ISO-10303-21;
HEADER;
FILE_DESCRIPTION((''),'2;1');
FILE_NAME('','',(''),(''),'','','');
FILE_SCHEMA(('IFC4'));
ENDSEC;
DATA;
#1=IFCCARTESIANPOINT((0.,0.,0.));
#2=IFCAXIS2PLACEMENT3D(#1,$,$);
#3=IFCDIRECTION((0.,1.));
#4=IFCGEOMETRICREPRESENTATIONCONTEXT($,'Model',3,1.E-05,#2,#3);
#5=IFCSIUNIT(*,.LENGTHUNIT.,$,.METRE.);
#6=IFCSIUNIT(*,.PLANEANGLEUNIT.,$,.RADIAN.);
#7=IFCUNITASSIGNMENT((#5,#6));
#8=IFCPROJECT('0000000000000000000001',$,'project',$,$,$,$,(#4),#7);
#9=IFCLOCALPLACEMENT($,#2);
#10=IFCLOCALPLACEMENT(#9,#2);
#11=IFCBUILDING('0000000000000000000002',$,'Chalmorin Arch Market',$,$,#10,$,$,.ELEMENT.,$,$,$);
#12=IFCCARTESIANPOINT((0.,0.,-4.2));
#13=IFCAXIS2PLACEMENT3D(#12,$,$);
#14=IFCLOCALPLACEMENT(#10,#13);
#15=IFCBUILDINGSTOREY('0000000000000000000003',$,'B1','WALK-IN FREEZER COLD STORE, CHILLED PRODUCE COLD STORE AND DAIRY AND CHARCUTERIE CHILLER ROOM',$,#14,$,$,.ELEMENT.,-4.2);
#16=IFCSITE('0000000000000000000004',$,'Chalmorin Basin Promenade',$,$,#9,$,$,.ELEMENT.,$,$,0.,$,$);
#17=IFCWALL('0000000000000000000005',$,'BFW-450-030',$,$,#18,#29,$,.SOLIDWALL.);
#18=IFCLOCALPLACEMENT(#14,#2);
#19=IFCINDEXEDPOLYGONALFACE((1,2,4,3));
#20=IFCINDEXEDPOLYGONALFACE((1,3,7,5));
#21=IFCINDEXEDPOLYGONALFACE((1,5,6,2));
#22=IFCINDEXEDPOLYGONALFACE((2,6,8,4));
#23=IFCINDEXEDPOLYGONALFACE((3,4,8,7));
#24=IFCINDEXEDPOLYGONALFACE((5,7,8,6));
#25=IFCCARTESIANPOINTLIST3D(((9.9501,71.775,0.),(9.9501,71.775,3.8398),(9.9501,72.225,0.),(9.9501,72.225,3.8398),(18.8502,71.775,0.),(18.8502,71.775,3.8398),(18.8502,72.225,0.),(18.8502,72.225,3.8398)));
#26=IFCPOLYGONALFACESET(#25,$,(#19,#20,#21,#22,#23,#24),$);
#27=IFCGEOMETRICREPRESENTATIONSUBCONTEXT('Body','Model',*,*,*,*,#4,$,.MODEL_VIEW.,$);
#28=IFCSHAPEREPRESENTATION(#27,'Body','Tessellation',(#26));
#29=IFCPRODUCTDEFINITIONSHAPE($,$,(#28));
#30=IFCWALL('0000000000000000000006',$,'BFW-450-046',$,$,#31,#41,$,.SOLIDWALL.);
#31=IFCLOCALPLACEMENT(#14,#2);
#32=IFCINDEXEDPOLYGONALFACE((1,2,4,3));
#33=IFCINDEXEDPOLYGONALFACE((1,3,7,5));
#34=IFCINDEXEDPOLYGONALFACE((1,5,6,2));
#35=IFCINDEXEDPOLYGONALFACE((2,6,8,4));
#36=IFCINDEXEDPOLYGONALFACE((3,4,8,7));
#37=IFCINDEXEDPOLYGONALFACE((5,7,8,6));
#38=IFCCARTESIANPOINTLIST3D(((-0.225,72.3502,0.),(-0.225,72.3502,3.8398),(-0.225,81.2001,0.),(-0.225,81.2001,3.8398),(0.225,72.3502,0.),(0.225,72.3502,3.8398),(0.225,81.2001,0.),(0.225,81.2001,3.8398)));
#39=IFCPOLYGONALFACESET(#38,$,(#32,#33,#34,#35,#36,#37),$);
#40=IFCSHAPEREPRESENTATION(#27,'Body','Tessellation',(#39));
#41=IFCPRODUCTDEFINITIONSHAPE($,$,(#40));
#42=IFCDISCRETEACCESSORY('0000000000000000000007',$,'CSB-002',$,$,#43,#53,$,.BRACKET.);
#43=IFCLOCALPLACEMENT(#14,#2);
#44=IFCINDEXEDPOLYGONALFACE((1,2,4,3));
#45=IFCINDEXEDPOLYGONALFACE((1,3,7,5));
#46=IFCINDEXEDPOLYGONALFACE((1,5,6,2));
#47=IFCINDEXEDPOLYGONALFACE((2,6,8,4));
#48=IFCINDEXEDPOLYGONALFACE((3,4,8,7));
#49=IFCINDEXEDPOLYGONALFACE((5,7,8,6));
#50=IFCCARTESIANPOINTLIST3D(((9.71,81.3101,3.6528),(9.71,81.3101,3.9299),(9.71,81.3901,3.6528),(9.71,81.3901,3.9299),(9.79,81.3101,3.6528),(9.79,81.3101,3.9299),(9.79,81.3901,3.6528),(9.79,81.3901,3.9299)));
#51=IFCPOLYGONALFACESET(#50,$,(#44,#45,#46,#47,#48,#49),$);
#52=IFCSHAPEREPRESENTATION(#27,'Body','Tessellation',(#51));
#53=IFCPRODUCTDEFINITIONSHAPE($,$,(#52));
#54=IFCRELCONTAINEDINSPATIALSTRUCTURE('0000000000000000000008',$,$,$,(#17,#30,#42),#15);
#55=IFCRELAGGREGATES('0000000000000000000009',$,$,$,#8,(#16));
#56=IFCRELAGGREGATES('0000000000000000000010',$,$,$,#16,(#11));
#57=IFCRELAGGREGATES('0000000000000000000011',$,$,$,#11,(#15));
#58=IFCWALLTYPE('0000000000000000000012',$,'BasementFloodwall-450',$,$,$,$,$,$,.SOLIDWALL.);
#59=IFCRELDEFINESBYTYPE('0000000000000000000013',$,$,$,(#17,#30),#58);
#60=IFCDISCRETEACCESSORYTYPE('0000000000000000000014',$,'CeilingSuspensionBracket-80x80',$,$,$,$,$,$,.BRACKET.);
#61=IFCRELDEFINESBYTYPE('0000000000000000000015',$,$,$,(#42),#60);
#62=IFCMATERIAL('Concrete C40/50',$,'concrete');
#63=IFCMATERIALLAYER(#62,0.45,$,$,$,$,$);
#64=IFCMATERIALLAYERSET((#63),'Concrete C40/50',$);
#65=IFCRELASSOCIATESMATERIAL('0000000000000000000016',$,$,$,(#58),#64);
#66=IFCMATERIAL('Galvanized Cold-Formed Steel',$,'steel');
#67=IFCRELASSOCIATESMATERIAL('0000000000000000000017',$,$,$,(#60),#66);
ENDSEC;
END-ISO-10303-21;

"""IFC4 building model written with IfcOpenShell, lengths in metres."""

from ifc_helpers import new_model, si_unit, direction, frame, frame_2d, origin, origin_2d, place, context, subcontext, project, spatial, rectangle, extrude, material, layer, layer_set, type_object, element, save


model = new_model("IFC4")

# Units and contexts
model_context = context("Model", 3, precision=1e-05, world=origin(), true_north=direction((0.0, 1.0)))
body_context = subcontext(model_context, "Body", "Model", "MODEL_VIEW")
ifc_project = project(units=[si_unit("LENGTHUNIT", "METRE"), si_unit("PLANEANGLEUNIT", "RADIAN")], contexts=[model_context])

# Site, building, storey
site_placement = place(None, origin())
site = spatial("IfcSite", under=ifc_project, at=site_placement, Name="Chalmorin Basin Promenade", CompositionType="ELEMENT", RefElevation=0.0)
building_placement = place(site_placement, origin())
building = spatial("IfcBuilding", under=site, at=building_placement, Name="Chalmorin Arch Market", CompositionType="ELEMENT")
storey_placement = place(building_placement, frame((0.0, 0.0, -4.2)))
storey = spatial("IfcBuildingStorey", under=building, at=storey_placement, Name="B1", Description="WALK-IN FREEZER COLD STORE, CHILLED PRODUCE COLD STORE AND DAIRY AND CHARCUTERIE CHILLER ROOM", CompositionType="ELEMENT", Elevation=-4.2)

# Shared definitions
ifc_material_1 = material(Name="Concrete C40/50", Category="concrete")

# Walls
ifc_layer_1 = layer(ifc_material_1, 0.45)
ifc_layer_set_1 = layer_set([ifc_layer_1], Name="Concrete C40/50")
wall_type = type_object("IfcWallType", Name="BasementFloodwall-450", PredefinedType="SOLIDWALL", material=ifc_layer_set_1)
wall_1_placement = place(storey_placement, frame((9.95, 72.0, 0.0), z_axis=(0.0, 0.0, 1.0), x_axis=(1.0, 0.0, 0.0)))
element("IfcWall", 1, at=wall_1_placement, inside=storey, type_object=wall_type, Name="BFW-450-030", PredefinedType="SOLIDWALL", context=body_context, shape_type="SweptSolid", body=[
    extrude(rectangle(XDim=8.9001, YDim=0.45, at=frame_2d((4.4502, 0.0))), origin(), (0.0, 0.0, 1.0), 3.8398),
])
wall_2_placement = place(storey_placement, frame((0.0, 81.2, 0.0), z_axis=(0.0, 0.0, 1.0), x_axis=(0.0, -1.0, 0.0)))
element("IfcWall", 2, at=wall_2_placement, inside=storey, type_object=wall_type, Name="BFW-450-046", PredefinedType="SOLIDWALL", context=body_context, shape_type="SweptSolid", body=[
    extrude(rectangle(XDim=8.8499, YDim=0.45, at=frame_2d((4.4248, 0.0))), origin(), (0.0, 0.0, 1.0), 3.8398),
])

# Discrete accessory
ifc_material_2 = material(Name="Galvanized Cold-Formed Steel", Category="steel")
discrete_accessory_type = type_object("IfcDiscreteAccessoryType", Name="CeilingSuspensionBracket-80x80", PredefinedType="BRACKET", material=ifc_material_2)
discrete_accessory_placement = place(storey_placement, frame((9.75, 81.3501, 3.6528), z_axis=(0.0, 0.0, 1.0), x_axis=(1.0, 0.0, 0.0)))
element("IfcDiscreteAccessory", 3, at=discrete_accessory_placement, inside=storey, type_object=discrete_accessory_type, Name="CSB-002", PredefinedType="BRACKET", context=body_context, shape_type="SweptSolid", body=[
    extrude(rectangle(XDim=0.0801, YDim=0.0801, at=origin_2d()), origin(), (0.0, 0.0, 1.0), 0.2771),
])

save(model, "model.ifc")
